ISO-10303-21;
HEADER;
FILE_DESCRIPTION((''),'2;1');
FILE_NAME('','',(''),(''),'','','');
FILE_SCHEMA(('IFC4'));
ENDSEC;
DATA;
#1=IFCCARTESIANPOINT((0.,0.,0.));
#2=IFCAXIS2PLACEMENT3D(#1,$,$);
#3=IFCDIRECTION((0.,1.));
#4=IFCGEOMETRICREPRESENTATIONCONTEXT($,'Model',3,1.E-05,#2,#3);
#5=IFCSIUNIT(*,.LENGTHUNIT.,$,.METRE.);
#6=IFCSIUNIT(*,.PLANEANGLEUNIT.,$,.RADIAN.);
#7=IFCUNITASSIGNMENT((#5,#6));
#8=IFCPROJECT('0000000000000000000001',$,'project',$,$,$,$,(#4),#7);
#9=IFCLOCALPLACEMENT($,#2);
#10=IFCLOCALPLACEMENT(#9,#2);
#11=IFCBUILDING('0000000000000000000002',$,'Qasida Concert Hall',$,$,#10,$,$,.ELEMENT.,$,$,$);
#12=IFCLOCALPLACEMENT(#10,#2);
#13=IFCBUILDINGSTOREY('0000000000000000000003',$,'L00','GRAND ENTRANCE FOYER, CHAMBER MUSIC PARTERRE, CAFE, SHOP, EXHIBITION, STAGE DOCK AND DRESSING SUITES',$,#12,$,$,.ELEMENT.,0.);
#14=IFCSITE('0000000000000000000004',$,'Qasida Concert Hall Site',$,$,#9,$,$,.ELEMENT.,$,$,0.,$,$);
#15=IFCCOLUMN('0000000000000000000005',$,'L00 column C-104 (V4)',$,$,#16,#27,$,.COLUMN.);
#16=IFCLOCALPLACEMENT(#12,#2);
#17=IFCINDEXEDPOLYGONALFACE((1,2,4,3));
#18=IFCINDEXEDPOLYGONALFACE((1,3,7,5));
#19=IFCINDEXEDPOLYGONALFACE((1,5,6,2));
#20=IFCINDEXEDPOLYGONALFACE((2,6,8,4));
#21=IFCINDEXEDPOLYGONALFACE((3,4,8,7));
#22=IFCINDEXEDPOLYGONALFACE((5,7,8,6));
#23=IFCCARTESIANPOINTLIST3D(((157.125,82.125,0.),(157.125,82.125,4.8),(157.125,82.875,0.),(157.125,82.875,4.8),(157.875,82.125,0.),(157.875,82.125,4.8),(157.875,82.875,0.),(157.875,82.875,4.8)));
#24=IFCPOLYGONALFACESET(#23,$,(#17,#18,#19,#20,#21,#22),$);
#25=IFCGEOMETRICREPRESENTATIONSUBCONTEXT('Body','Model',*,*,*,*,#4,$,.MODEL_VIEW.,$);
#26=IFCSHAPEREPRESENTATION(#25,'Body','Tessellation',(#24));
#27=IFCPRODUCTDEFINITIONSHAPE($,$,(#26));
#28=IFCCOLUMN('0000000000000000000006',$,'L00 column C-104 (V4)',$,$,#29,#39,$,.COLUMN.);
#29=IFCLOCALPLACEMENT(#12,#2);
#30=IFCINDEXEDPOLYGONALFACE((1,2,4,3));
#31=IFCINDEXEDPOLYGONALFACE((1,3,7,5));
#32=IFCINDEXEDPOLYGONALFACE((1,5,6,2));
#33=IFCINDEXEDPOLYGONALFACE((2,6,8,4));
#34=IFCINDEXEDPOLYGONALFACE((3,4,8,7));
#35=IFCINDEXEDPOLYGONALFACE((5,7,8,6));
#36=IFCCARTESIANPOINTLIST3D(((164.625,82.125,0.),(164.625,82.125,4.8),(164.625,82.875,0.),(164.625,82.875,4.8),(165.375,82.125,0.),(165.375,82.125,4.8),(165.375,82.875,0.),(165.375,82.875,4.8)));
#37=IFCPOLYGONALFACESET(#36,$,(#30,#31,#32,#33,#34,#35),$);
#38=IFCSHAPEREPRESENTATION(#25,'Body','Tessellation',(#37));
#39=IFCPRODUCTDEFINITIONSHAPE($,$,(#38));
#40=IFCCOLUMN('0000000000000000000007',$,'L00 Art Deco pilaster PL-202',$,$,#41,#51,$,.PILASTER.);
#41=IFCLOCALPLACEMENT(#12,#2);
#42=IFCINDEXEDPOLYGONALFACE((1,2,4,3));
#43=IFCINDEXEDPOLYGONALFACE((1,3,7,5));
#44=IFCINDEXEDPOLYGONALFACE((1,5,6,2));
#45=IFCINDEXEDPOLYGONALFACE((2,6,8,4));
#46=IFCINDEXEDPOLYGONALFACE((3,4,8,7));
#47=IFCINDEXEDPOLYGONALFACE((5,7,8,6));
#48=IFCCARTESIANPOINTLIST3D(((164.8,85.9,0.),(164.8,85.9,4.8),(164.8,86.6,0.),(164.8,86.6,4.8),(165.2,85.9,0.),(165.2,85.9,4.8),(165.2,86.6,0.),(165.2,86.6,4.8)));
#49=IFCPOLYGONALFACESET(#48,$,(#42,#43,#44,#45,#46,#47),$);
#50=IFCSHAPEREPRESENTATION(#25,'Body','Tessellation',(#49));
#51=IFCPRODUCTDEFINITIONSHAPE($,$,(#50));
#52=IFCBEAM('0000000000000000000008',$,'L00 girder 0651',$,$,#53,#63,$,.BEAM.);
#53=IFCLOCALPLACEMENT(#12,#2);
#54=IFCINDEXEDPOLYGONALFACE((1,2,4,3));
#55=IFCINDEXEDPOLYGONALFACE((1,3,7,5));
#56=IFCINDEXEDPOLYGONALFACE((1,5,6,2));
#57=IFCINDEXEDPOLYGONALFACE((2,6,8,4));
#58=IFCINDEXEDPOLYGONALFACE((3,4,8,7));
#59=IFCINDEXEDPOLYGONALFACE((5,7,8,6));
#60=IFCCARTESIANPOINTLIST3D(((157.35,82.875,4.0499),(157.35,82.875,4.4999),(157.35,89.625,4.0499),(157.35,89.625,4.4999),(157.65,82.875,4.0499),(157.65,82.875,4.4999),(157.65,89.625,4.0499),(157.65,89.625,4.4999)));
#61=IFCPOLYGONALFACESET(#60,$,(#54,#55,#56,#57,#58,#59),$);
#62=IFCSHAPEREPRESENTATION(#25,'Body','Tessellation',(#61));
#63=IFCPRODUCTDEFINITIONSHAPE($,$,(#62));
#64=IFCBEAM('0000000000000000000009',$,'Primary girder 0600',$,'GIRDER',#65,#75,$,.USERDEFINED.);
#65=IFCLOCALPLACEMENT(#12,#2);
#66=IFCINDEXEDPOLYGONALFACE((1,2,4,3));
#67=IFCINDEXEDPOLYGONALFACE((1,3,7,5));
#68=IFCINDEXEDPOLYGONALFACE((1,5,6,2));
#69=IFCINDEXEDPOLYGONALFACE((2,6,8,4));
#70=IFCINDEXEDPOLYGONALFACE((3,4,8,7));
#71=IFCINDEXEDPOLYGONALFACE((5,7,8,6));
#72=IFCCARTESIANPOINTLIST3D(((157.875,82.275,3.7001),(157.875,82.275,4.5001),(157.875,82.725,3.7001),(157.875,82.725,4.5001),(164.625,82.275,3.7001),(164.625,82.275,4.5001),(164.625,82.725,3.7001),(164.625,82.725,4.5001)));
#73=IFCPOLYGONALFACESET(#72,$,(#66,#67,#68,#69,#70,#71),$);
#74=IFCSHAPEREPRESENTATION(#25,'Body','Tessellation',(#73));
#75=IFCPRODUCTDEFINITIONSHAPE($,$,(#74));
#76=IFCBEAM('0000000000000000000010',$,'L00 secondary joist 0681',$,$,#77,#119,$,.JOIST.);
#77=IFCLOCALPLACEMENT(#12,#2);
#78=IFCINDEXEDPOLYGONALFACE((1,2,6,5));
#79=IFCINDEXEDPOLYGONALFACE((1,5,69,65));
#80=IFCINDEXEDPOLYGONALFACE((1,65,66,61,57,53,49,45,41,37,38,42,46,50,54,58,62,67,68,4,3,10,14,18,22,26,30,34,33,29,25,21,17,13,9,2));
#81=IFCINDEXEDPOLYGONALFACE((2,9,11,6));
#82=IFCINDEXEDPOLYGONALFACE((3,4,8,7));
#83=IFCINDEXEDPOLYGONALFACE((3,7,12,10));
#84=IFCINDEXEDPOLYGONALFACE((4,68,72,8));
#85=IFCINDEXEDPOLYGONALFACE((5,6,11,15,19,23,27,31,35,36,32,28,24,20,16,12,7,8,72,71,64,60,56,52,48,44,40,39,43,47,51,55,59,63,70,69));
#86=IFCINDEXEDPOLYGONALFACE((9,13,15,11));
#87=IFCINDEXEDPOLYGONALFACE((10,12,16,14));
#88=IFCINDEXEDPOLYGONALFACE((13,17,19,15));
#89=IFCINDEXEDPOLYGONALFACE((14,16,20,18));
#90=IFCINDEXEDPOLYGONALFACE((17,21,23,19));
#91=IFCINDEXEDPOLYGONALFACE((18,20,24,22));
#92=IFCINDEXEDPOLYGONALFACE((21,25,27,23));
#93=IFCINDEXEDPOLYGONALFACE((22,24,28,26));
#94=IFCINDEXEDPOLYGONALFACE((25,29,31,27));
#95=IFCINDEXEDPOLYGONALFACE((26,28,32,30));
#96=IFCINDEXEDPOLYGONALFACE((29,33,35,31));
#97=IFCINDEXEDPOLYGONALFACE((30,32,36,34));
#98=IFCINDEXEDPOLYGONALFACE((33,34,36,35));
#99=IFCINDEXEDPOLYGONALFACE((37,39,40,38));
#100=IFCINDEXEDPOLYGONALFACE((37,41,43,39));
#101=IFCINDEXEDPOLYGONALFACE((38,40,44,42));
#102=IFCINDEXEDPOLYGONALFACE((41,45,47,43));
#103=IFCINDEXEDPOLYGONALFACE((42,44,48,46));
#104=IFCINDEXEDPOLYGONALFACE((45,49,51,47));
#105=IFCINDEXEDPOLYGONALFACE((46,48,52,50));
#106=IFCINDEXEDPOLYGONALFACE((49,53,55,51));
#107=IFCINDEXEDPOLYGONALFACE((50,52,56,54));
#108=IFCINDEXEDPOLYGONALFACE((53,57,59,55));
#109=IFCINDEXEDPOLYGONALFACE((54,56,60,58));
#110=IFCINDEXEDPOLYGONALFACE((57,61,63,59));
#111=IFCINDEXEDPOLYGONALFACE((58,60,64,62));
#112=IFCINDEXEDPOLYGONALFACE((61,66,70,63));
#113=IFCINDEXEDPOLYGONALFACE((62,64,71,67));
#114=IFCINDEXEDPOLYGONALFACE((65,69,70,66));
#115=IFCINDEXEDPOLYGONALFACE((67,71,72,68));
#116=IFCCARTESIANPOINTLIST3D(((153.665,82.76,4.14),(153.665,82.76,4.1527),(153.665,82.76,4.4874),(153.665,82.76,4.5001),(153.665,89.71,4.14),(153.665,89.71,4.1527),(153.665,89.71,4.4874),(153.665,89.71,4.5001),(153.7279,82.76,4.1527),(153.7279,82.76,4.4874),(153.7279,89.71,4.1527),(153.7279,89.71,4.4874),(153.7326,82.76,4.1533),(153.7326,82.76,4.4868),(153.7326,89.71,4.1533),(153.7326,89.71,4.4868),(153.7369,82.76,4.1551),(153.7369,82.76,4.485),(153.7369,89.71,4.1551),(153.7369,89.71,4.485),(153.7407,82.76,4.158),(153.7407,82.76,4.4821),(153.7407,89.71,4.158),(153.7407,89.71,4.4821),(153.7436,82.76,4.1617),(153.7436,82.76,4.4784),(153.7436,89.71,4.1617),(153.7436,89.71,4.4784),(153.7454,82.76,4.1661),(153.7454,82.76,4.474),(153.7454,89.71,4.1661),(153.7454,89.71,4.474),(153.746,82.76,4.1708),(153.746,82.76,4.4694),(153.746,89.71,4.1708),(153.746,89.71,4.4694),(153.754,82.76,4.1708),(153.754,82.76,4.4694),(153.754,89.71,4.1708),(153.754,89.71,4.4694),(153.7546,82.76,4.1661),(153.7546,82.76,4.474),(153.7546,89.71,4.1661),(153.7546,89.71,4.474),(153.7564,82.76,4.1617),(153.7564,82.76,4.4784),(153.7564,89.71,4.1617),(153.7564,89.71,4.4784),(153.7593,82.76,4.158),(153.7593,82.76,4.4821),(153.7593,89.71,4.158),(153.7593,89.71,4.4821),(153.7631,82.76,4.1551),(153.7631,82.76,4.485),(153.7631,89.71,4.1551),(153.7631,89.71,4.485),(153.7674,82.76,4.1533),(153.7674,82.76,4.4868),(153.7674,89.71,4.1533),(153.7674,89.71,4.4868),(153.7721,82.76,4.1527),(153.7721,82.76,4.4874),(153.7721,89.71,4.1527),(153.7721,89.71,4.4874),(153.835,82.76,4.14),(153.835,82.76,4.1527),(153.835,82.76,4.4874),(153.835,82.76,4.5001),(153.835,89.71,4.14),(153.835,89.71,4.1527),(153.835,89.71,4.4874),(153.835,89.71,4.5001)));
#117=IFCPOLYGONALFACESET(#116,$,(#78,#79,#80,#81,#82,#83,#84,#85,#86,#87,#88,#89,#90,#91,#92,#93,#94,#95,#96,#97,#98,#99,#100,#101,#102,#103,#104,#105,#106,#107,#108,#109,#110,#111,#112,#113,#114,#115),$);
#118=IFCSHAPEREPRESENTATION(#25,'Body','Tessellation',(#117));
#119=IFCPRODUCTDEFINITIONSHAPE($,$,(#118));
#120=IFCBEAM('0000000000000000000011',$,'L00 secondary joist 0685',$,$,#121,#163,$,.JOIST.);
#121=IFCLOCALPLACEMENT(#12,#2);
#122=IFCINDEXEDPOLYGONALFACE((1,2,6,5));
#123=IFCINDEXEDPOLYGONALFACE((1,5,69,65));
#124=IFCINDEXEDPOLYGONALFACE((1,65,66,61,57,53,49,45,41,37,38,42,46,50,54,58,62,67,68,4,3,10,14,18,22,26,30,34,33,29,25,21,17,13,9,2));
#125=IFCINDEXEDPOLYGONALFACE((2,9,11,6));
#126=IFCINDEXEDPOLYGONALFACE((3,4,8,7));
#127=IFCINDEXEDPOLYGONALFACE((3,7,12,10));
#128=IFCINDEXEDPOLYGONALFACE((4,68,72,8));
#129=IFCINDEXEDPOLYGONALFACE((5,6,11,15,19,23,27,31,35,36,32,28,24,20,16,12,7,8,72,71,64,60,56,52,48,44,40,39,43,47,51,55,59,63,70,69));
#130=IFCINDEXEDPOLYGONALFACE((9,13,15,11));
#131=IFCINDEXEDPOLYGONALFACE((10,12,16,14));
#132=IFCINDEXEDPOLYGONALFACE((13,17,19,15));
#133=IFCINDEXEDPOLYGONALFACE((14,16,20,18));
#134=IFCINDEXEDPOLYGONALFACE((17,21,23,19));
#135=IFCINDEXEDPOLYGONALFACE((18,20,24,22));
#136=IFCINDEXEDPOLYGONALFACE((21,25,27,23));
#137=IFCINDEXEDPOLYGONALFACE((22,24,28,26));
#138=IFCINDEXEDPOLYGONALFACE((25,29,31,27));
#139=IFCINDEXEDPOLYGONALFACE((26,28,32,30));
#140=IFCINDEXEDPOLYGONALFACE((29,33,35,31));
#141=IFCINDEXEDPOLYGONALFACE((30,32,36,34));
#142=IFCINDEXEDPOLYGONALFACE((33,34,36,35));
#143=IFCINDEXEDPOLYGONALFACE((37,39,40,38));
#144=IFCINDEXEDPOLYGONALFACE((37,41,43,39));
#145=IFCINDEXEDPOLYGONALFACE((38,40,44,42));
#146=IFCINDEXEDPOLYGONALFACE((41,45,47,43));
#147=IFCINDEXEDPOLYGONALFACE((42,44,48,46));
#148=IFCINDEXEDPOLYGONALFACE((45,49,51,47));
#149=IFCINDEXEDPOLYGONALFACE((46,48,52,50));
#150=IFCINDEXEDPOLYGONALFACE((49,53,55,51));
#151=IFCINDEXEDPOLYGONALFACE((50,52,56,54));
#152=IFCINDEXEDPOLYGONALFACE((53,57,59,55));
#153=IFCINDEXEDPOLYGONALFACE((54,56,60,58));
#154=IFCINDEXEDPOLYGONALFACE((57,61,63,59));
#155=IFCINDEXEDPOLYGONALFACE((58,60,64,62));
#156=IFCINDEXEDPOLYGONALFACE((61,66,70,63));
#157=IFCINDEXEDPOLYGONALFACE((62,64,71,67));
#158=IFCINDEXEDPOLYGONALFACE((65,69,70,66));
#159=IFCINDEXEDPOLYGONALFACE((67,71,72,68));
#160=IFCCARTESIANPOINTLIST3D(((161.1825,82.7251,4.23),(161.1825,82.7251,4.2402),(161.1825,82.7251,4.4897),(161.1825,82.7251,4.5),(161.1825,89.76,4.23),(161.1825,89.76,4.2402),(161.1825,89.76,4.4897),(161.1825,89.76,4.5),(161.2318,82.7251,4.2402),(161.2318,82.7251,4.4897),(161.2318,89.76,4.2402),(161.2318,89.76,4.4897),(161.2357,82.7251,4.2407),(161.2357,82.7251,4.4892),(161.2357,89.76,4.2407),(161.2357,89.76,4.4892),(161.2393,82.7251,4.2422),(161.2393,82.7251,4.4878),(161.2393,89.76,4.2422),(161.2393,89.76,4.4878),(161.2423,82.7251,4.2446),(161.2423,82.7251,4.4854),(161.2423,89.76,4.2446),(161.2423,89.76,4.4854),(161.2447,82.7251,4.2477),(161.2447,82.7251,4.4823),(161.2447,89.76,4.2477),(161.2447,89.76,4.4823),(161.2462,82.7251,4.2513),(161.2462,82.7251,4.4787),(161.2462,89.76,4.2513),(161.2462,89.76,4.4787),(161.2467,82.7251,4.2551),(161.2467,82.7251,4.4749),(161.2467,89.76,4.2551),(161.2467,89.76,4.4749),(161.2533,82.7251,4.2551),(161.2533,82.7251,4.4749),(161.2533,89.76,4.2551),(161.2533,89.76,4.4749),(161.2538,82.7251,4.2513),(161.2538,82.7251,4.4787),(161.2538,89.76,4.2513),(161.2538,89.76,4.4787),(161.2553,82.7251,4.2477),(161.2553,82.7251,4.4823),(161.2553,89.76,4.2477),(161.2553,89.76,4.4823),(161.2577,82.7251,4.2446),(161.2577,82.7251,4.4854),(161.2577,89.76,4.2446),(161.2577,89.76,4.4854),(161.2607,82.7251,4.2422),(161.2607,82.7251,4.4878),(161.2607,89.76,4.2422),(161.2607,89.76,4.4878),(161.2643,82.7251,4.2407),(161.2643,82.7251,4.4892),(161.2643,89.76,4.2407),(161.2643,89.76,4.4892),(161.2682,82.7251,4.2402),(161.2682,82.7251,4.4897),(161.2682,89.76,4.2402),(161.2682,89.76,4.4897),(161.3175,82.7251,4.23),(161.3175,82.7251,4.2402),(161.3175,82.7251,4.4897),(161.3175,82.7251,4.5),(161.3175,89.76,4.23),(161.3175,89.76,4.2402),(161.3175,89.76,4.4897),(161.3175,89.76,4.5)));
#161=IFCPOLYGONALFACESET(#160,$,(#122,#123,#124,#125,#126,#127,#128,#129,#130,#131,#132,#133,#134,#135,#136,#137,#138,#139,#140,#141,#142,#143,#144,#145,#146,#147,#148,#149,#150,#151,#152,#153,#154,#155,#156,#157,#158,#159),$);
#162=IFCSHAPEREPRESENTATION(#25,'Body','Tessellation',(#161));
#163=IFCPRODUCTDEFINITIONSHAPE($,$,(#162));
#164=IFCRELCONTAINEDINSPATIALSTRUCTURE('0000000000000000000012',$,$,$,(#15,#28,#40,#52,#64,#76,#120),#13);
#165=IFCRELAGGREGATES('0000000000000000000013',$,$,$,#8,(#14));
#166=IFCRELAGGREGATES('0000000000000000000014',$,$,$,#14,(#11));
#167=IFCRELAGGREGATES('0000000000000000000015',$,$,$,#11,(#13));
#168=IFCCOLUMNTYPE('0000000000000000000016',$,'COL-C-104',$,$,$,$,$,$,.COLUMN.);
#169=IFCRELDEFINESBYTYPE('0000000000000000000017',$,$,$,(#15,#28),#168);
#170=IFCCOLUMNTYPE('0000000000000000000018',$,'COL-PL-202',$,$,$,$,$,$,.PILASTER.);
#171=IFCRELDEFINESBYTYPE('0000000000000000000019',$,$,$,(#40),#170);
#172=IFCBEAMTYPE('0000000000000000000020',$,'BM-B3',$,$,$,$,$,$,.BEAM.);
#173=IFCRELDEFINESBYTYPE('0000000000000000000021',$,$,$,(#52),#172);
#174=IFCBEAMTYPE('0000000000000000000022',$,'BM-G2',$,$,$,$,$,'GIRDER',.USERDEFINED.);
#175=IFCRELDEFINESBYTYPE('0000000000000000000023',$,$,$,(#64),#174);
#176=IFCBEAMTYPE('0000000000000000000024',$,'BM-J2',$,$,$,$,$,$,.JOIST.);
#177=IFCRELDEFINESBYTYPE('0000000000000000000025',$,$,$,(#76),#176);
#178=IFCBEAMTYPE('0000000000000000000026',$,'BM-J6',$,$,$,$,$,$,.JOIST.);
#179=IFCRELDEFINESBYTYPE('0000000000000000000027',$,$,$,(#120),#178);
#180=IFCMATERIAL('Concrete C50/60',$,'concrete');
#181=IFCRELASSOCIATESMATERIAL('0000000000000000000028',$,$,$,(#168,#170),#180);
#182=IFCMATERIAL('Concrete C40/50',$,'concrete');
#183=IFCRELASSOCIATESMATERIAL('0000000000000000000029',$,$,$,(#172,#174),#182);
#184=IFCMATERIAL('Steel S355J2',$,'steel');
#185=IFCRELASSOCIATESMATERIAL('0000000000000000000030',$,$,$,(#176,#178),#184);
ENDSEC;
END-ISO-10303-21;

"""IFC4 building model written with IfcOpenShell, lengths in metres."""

from ifc_helpers import new_model, si_unit, direction, frame, origin, origin_2d, place, context, subcontext, project, spatial, rectangle, i_section, extrude, material, material_profile, profile_set, type_object, element, save


model = new_model("IFC4")

# Units and contexts
model_context = context("Model", 3, precision=1e-05, world=origin(), true_north=direction((0.0, 1.0)))
body_context = subcontext(model_context, "Body", "Model", "MODEL_VIEW")
ifc_project = project(units=[si_unit("LENGTHUNIT", "METRE"), si_unit("PLANEANGLEUNIT", "RADIAN")], contexts=[model_context])

# Site, building, storey
site_placement = place(None, origin())
site = spatial("IfcSite", under=ifc_project, at=site_placement, Name="Qasida Concert Hall Site", CompositionType="ELEMENT", RefElevation=0.0)
building_placement = place(site_placement, origin())
building = spatial("IfcBuilding", under=site, at=building_placement, Name="Qasida Concert Hall", CompositionType="ELEMENT")
storey_placement = place(building_placement, origin())
storey = spatial("IfcBuildingStorey", under=building, at=storey_placement, Name="L00", Description="GRAND ENTRANCE FOYER, CHAMBER MUSIC PARTERRE, CAFE, SHOP, EXHIBITION, STAGE DOCK AND DRESSING SUITES", CompositionType="ELEMENT", Elevation=0.0)

# Columns
ifc_material_1 = material(Name="Concrete C50/60", Category="concrete")
ifc_material_profile_1 = material_profile(ifc_material_1, rectangle(XDim=0.75, YDim=0.75, at=origin_2d()), Name="RC 750x750")
ifc_profile_set_1 = profile_set([ifc_material_profile_1], Name="Concrete C50/60")
column_type_1 = type_object("IfcColumnType", Name="COL-C-104", PredefinedType="COLUMN", material=ifc_profile_set_1)
for number, where, z_axis, x_axis, name in (
    (1, (157.5, 82.5, 0.0), (0.0, 0.0, 1.0), (1.0, 0.0, 0.0), "L00 column C-104 (V4)"),
    (2, (165.0, 82.5, 0.0), (0.0, 0.0, 1.0), (1.0, 0.0, 0.0), "L00 column C-104 (V4)"),
):
    element("IfcColumn", number, at=place(storey_placement, frame(where, z_axis=z_axis, x_axis=x_axis)), inside=storey, type_object=column_type_1, Name=name, PredefinedType="COLUMN", context=body_context, shape_type="SweptSolid", body=[
        extrude(rectangle(XDim=0.75, YDim=0.75, at=origin_2d()), origin(), (0.0, 0.0, 1.0), 4.8),
    ])
ifc_material_profile_2 = material_profile(ifc_material_1, rectangle(XDim=0.3999, YDim=0.7, at=origin_2d()), Name="RC 400x700")
ifc_profile_set_2 = profile_set([ifc_material_profile_2], Name="Concrete C50/60")
column_type_2 = type_object("IfcColumnType", Name="COL-PL-202", PredefinedType="PILASTER", material=ifc_profile_set_2)
column_placement = place(storey_placement, frame((165.0, 86.25, 0.0), z_axis=(0.0, 0.0, 1.0), x_axis=(1.0, 0.0, 0.0)))
element("IfcColumn", 3, at=column_placement, inside=storey, type_object=column_type_2, Name="L00 Art Deco pilaster PL-202", PredefinedType="PILASTER", context=body_context, shape_type="SweptSolid", body=[
    extrude(rectangle(XDim=0.3999, YDim=0.7, at=origin_2d()), origin(), (0.0, 0.0, 1.0), 4.8),
])

# Beams
ifc_material_2 = material(Name="Concrete C40/50", Category="concrete")
ifc_material_profile_3 = material_profile(ifc_material_2, rectangle(XDim=0.3, YDim=0.45, at=origin_2d()), Name="RC 300x450")
ifc_profile_set_3 = profile_set([ifc_material_profile_3], Name="Concrete C40/50")
beam_type_1 = type_object("IfcBeamType", Name="BM-B3", PredefinedType="BEAM", material=ifc_profile_set_3)
beam_1_placement = place(storey_placement, frame((157.5, 82.875, 4.2749), z_axis=(0.0, 1.0, 0.0), x_axis=(-1.0, 0.0, 0.0)))
element("IfcBeam", 4, at=beam_1_placement, inside=storey, type_object=beam_type_1, Name="L00 girder 0651", PredefinedType="BEAM", context=body_context, shape_type="SweptSolid", body=[
    extrude(rectangle(XDim=0.3, YDim=0.45, at=origin_2d()), origin(), (0.0, 0.0, 1.0), 6.75),
])
ifc_material_profile_4 = material_profile(ifc_material_2, rectangle(XDim=0.45, YDim=0.8, at=origin_2d()), Name="RC 450x800")
ifc_profile_set_4 = profile_set([ifc_material_profile_4], Name="Concrete C40/50")
beam_type_2 = type_object("IfcBeamType", Name="BM-G2", ElementType="GIRDER", PredefinedType="USERDEFINED", material=ifc_profile_set_4)
beam_2_placement = place(storey_placement, frame((157.875, 82.5, 4.1001), z_axis=(1.0, 0.0, 0.0), x_axis=(0.0, 1.0, 0.0)))
element("IfcBeam", 5, at=beam_2_placement, inside=storey, type_object=beam_type_2, Name="Primary girder 0600", ObjectType="GIRDER", PredefinedType="USERDEFINED", context=body_context, shape_type="SweptSolid", body=[
    extrude(rectangle(XDim=0.45, YDim=0.8, at=origin_2d()), origin(), (0.0, 0.0, 1.0), 6.75),
])
ifc_material_3 = material(Name="Steel S355J2", Category="steel")
ifc_material_profile_5 = material_profile(ifc_material_3, i_section(OverallWidth=0.1699, OverallDepth=0.3601, WebThickness=0.0081, FlangeThickness=0.0127, FilletRadius=0.0181, at=origin_2d()), Name="IPE 360")
ifc_profile_set_5 = profile_set([ifc_material_profile_5], Name="Steel S355J2")
beam_type_3 = type_object("IfcBeamType", Name="BM-J2", PredefinedType="JOIST", material=ifc_profile_set_5)
beam_3_placement = place(storey_placement, frame((153.75, 82.76, 4.3201), z_axis=(0.0, 1.0, 0.0), x_axis=(-1.0, 0.0, 0.0)))
element("IfcBeam", 6, at=beam_3_placement, inside=storey, type_object=beam_type_3, Name="L00 secondary joist 0681", PredefinedType="JOIST", context=body_context, shape_type="SweptSolid", body=[
    extrude(i_section(OverallWidth=0.1699, OverallDepth=0.3601, WebThickness=0.0081, FlangeThickness=0.0127, FilletRadius=0.0181, at=origin_2d()), origin(), (0.0, 0.0, 1.0), 6.95),
])
ifc_material_profile_6 = material_profile(ifc_material_3, i_section(OverallWidth=0.135, OverallDepth=0.27, WebThickness=0.0066, FlangeThickness=0.0103, FilletRadius=0.0149, at=origin_2d()), Name="IPE 270")
ifc_profile_set_6 = profile_set([ifc_material_profile_6], Name="Steel S355J2")
beam_type_4 = type_object("IfcBeamType", Name="BM-J6", PredefinedType="JOIST", material=ifc_profile_set_6)
beam_4_placement = place(storey_placement, frame((161.25, 82.7251, 4.365), z_axis=(0.0, 1.0, 0.0), x_axis=(-1.0, 0.0, 0.0)))
element("IfcBeam", 7, at=beam_4_placement, inside=storey, type_object=beam_type_4, Name="L00 secondary joist 0685", PredefinedType="JOIST", context=body_context, shape_type="SweptSolid", body=[
    extrude(i_section(OverallWidth=0.135, OverallDepth=0.27, WebThickness=0.0066, FlangeThickness=0.0103, FilletRadius=0.0149, at=origin_2d()), origin(), (0.0, 0.0, 1.0), 7.0349),
])

save(model, "model.ifc")
